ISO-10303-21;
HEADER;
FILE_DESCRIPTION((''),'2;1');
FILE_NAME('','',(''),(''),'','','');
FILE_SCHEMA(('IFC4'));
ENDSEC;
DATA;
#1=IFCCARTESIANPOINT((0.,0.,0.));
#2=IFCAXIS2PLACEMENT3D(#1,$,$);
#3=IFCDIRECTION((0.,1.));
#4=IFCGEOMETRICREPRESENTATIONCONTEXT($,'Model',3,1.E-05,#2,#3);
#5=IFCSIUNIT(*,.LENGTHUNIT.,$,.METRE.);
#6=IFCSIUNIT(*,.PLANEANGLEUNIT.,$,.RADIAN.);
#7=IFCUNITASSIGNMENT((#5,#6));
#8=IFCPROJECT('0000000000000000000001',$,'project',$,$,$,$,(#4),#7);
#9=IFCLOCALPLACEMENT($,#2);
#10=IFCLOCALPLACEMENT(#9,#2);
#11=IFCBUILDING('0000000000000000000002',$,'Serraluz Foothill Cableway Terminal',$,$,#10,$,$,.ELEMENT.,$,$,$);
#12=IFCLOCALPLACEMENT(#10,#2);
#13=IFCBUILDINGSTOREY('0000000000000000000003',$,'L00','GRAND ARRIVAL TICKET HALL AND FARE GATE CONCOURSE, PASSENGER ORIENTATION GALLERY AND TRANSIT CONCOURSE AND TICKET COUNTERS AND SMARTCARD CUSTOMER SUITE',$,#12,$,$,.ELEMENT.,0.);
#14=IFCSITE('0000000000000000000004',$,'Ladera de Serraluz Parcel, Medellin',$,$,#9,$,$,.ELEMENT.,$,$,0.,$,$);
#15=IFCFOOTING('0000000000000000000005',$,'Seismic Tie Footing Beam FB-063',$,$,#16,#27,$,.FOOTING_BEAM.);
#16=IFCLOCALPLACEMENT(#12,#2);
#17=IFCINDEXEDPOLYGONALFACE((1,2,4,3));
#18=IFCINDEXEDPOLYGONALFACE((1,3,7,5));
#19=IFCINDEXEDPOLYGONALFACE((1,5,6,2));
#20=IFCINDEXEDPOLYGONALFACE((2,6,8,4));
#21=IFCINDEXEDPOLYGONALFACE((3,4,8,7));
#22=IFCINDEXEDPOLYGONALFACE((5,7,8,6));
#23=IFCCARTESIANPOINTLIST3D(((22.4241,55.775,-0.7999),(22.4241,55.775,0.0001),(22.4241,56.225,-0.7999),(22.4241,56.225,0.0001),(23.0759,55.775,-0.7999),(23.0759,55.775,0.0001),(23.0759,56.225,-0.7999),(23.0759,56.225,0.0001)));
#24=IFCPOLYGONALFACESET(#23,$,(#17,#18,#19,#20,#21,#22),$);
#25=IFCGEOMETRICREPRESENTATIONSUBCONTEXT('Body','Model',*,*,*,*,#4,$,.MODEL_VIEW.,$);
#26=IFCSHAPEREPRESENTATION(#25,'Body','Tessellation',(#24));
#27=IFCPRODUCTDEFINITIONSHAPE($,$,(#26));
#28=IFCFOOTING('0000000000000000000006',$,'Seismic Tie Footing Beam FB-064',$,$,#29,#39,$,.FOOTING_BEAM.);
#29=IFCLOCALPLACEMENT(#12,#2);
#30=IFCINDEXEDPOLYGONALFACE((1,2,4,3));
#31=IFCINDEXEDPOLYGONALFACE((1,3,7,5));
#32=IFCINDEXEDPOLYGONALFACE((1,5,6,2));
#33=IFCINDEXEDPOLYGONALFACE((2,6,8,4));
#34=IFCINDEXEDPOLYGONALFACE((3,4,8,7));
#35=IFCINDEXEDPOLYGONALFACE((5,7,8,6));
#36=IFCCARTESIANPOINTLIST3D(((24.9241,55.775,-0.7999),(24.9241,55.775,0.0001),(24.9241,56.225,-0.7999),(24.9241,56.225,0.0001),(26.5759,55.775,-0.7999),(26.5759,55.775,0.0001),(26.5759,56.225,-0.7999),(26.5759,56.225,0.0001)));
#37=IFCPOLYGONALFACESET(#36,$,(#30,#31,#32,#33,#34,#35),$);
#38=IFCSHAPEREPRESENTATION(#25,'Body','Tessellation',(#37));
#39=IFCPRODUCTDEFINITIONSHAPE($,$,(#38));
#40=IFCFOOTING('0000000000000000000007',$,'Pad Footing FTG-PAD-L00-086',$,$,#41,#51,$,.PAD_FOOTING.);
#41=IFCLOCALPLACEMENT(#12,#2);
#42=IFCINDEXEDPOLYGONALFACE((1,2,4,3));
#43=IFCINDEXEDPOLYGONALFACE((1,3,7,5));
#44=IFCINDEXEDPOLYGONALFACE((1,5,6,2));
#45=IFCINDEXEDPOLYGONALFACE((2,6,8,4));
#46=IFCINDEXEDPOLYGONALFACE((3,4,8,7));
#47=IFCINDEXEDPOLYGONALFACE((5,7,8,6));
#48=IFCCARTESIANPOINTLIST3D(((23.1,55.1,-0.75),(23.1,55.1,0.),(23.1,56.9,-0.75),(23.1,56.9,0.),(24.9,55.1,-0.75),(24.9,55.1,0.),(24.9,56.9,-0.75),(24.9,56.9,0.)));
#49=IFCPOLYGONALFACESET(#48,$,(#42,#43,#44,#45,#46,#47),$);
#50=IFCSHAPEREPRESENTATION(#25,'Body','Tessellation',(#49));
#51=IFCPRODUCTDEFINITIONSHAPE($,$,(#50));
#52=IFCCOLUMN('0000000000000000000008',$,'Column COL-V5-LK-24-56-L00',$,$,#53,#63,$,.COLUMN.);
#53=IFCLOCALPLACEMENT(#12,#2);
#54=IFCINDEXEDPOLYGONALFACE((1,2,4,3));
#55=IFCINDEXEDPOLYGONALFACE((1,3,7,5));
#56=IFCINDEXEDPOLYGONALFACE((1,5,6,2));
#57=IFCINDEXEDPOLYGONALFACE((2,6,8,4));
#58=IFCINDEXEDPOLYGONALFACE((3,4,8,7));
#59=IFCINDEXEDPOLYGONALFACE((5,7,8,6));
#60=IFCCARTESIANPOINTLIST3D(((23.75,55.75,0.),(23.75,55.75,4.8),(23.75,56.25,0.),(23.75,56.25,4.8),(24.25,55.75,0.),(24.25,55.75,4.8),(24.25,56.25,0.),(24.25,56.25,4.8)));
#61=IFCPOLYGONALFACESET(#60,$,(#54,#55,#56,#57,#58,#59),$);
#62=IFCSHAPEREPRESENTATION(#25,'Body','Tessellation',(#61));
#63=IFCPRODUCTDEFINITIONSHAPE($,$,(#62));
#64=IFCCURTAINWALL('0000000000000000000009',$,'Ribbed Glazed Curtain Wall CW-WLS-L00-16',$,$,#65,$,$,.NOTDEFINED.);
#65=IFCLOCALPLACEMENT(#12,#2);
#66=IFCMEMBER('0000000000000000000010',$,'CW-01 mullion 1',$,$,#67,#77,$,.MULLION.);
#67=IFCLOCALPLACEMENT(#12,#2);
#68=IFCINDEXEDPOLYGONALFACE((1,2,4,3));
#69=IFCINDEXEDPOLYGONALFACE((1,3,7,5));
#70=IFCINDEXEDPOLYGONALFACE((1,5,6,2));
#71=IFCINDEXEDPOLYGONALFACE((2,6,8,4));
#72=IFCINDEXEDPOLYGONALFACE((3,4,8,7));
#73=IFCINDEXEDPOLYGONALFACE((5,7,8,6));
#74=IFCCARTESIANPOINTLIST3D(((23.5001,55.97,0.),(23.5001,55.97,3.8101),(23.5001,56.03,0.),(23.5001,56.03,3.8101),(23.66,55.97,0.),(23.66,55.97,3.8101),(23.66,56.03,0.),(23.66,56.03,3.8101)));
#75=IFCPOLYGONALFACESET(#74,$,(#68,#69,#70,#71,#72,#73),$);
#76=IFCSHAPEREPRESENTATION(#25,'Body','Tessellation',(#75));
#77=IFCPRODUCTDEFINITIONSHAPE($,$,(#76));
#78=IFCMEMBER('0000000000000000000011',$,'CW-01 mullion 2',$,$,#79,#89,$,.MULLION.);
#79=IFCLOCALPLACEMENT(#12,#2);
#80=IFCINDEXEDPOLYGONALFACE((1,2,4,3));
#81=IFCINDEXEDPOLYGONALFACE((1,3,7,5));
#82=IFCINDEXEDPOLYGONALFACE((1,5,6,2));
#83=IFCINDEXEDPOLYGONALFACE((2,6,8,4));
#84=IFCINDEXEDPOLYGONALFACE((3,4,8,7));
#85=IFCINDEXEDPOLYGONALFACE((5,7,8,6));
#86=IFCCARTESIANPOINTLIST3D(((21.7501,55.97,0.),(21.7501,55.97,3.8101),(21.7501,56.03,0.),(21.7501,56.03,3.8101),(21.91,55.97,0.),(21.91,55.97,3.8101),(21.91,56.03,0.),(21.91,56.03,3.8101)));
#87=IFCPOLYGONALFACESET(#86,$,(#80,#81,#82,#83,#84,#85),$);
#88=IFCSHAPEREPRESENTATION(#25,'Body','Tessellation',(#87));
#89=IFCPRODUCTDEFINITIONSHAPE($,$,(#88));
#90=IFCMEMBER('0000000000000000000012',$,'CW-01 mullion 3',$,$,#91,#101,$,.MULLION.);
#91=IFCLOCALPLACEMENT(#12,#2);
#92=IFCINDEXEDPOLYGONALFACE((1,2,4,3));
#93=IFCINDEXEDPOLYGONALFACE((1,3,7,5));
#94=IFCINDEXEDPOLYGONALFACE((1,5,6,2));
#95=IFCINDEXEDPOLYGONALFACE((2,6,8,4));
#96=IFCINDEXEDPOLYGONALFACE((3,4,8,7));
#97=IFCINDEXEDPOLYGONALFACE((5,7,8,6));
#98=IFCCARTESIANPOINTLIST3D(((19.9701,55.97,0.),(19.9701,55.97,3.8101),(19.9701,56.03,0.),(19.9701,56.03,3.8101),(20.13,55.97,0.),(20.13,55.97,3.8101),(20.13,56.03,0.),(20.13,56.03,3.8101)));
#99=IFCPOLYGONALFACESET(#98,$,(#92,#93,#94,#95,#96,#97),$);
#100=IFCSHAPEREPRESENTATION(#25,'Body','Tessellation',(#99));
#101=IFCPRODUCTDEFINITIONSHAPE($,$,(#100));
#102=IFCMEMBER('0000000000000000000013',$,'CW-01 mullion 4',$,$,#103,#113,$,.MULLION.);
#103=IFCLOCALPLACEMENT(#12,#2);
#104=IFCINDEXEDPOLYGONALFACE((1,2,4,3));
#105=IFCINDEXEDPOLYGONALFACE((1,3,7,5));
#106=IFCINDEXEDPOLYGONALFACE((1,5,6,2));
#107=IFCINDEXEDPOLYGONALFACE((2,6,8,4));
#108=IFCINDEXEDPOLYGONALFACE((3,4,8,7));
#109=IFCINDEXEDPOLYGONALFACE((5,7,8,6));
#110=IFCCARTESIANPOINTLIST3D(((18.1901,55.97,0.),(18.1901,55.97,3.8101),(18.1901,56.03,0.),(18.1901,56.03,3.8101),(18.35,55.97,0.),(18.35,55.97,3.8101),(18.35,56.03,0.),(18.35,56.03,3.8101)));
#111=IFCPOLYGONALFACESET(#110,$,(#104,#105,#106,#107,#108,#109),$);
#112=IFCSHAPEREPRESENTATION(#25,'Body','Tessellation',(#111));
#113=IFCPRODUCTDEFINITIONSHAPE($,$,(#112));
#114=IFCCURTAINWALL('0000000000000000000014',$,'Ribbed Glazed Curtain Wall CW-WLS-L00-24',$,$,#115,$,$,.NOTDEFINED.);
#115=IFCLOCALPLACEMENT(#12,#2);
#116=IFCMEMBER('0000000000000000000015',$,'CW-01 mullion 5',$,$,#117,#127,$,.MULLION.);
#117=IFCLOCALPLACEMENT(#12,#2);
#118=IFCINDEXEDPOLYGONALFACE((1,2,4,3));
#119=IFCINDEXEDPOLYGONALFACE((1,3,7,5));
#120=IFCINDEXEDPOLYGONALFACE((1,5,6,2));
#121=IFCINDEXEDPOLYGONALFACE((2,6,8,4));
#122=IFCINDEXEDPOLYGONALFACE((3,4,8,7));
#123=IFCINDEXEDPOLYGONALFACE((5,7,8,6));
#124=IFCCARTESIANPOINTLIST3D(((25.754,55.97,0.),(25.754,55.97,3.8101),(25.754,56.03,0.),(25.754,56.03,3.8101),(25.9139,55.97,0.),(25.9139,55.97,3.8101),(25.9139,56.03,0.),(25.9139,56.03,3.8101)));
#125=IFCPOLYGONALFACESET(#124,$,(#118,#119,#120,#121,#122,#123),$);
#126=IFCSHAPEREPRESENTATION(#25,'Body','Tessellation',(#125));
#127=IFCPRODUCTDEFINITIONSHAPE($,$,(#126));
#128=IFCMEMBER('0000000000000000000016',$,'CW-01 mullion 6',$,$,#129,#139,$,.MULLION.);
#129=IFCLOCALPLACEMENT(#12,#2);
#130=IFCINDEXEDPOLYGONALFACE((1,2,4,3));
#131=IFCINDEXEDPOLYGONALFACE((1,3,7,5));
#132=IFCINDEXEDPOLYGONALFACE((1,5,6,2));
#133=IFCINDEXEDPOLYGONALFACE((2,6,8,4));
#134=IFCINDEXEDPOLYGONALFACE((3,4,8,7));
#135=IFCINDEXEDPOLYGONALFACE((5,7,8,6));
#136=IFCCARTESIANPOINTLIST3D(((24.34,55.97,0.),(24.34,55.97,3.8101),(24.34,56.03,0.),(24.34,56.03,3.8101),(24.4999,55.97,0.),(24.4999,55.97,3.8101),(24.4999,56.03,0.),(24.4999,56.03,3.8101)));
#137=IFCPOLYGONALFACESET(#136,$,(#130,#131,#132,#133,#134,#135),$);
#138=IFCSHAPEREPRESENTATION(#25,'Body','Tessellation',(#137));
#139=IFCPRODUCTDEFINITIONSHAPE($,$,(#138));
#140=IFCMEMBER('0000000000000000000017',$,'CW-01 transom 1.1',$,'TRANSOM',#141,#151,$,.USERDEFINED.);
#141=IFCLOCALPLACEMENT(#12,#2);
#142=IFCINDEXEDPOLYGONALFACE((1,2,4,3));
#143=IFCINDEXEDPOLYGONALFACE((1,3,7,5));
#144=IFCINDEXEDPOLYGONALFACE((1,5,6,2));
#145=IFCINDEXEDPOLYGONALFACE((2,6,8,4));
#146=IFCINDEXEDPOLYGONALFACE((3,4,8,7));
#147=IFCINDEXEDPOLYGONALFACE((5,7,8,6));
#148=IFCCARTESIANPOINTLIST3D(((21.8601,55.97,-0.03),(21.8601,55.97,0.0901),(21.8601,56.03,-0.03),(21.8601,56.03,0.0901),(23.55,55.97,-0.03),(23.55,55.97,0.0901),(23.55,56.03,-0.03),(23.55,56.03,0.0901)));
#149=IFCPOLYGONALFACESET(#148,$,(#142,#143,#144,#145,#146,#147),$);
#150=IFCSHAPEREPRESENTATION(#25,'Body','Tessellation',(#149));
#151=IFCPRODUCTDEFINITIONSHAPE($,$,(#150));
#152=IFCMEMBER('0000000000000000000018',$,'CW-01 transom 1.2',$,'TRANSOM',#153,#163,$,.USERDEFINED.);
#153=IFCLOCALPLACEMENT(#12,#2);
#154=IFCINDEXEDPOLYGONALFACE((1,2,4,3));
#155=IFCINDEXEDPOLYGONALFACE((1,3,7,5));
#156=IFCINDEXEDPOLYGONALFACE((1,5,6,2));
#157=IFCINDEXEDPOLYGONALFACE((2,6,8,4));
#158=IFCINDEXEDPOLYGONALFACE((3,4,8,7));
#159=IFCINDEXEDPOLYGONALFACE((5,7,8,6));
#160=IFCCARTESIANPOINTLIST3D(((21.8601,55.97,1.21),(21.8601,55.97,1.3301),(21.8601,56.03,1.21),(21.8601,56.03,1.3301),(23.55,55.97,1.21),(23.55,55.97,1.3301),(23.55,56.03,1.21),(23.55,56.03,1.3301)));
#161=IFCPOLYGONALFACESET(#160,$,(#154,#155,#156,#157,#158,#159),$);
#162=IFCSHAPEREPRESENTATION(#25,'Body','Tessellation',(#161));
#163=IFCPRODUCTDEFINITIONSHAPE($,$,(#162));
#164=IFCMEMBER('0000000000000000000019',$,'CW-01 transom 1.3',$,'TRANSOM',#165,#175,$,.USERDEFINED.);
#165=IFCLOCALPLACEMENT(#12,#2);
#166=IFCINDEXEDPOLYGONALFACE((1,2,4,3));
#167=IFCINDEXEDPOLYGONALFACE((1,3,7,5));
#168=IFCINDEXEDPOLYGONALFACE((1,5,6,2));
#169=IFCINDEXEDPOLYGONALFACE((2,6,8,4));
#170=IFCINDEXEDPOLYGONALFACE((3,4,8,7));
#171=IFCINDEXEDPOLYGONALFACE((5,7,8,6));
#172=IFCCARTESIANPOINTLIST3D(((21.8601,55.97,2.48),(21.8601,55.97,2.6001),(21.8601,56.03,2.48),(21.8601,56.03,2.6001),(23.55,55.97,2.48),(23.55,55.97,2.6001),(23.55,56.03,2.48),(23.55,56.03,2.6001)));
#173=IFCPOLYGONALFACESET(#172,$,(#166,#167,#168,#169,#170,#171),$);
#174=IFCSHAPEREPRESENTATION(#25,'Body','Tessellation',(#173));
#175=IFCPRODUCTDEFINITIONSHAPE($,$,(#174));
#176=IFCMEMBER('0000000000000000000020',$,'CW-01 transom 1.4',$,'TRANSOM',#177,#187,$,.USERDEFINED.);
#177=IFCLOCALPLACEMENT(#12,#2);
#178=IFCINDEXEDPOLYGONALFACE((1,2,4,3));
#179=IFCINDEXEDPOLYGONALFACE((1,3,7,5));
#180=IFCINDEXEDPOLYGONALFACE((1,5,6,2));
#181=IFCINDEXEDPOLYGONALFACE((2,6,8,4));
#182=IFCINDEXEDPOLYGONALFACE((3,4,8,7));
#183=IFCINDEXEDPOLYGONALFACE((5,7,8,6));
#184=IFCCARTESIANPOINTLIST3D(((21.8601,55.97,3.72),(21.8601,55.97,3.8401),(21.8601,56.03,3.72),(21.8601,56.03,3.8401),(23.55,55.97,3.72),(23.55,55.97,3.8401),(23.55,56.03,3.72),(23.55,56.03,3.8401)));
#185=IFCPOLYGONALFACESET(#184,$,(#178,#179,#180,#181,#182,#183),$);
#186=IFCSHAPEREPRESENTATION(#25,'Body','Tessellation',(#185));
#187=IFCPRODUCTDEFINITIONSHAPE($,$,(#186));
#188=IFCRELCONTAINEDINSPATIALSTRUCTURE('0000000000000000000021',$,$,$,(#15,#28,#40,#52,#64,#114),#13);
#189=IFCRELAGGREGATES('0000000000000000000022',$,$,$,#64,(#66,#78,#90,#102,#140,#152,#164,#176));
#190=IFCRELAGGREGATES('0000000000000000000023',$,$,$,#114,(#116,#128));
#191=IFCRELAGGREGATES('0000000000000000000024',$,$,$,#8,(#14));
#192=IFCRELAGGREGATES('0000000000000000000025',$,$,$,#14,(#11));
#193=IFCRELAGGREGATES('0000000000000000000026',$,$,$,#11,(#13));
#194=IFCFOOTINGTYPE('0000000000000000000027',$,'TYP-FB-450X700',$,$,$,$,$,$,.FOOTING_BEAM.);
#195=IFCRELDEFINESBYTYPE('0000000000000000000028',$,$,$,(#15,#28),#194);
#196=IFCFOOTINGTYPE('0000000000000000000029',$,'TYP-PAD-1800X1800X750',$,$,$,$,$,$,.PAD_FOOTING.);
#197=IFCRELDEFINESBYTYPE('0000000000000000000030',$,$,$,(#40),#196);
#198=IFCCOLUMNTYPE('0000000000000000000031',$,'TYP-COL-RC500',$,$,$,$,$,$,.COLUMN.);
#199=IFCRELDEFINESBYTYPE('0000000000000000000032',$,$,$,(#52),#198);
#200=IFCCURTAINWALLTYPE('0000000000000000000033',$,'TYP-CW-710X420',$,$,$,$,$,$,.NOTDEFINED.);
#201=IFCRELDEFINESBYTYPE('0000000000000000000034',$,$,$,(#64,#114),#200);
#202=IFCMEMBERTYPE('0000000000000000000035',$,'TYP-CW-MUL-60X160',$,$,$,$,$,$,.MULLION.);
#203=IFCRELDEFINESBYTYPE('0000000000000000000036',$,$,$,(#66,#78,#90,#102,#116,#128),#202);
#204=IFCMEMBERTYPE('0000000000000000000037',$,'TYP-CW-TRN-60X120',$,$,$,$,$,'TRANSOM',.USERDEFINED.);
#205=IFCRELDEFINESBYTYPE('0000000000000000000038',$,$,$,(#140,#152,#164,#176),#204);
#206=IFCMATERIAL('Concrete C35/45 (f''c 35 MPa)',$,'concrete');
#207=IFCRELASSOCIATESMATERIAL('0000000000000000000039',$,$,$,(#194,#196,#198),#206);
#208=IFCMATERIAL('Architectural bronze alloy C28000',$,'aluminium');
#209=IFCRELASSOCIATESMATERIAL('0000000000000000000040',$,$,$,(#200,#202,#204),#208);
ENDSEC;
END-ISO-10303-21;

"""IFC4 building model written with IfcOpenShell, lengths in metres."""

from ifc_helpers import new_model, si_unit, direction, frame, origin, origin_2d, place, context, subcontext, project, spatial, rectangle, extrude, material, material_profile, profile_set, type_object, element, aggregate, save


model = new_model("IFC4")

# Units and contexts
model_context = context("Model", 3, precision=1e-05, world=origin(), true_north=direction((0.0, 1.0)))
body_context = subcontext(model_context, "Body", "Model", "MODEL_VIEW")
ifc_project = project(units=[si_unit("LENGTHUNIT", "METRE"), si_unit("PLANEANGLEUNIT", "RADIAN")], contexts=[model_context])

# Site, building, storey
site_placement = place(None, origin())
site = spatial("IfcSite", under=ifc_project, at=site_placement, Name="Ladera de Serraluz Parcel, Medellin", CompositionType="ELEMENT", RefElevation=0.0)
building_placement = place(site_placement, origin())
building = spatial("IfcBuilding", under=site, at=building_placement, Name="Serraluz Foothill Cableway Terminal", CompositionType="ELEMENT")
storey_placement = place(building_placement, origin())
storey = spatial("IfcBuildingStorey", under=building, at=storey_placement, Name="L00", Description="GRAND ARRIVAL TICKET HALL AND FARE GATE CONCOURSE, PASSENGER ORIENTATION GALLERY AND TRANSIT CONCOURSE AND TICKET COUNTERS AND SMARTCARD CUSTOMER SUITE", CompositionType="ELEMENT", Elevation=0.0)

# Footings
ifc_material_1 = material(Name="Concrete C35/45 (f'c 35 MPa)", Category="concrete")
ifc_material_profile_1 = material_profile(ifc_material_1, rectangle(XDim=0.45, YDim=0.8, at=origin_2d()), Name="RC 450x800")
ifc_profile_set_1 = profile_set([ifc_material_profile_1], Name="Concrete C35/45 (f'c 35 MPa)")
footing_type_1 = type_object("IfcFootingType", Name="TYP-FB-450X700", PredefinedType="FOOTING_BEAM", material=ifc_profile_set_1)
footing_1_placement = place(storey_placement, frame((22.4241, 56.0, -0.3999), z_axis=(1.0, 0.0, 0.0), x_axis=(0.0, 1.0, 0.0)))
element("IfcFooting", 1, at=footing_1_placement, inside=storey, type_object=footing_type_1, Name="Seismic Tie Footing Beam FB-063", PredefinedType="FOOTING_BEAM", context=body_context, shape_type="SweptSolid", body=[
    extrude(rectangle(XDim=0.45, YDim=0.8, at=origin_2d()), origin(), (0.0, 0.0, 1.0), 0.6519),
])
footing_2_placement = place(storey_placement, frame((24.9241, 56.0, -0.3999), z_axis=(1.0, 0.0, 0.0), x_axis=(0.0, 1.0, 0.0)))
element("IfcFooting", 2, at=footing_2_placement, inside=storey, type_object=footing_type_1, Name="Seismic Tie Footing Beam FB-064", PredefinedType="FOOTING_BEAM", context=body_context, shape_type="SweptSolid", body=[
    extrude(rectangle(XDim=0.45, YDim=0.8, at=origin_2d()), origin(), (0.0, 0.0, 1.0), 1.6519),
])
footing_type_2 = type_object("IfcFootingType", Name="TYP-PAD-1800X1800X750", PredefinedType="PAD_FOOTING", material=ifc_material_1)
footing_3_placement = place(storey_placement, frame((24.0, 56.0, -0.75), z_axis=(0.0, 0.0, 1.0), x_axis=(1.0, 0.0, 0.0)))
element("IfcFooting", 3, at=footing_3_placement, inside=storey, type_object=footing_type_2, Name="Pad Footing FTG-PAD-L00-086", PredefinedType="PAD_FOOTING", context=body_context, shape_type="SweptSolid", body=[
    extrude(rectangle(XDim=1.8, YDim=1.8, at=origin_2d()), origin(), (0.0, 0.0, 1.0), 0.75),
])

# Column
ifc_material_profile_2 = material_profile(ifc_material_1, rectangle(XDim=0.5, YDim=0.5, at=origin_2d()), Name="RC 500x500")
ifc_profile_set_2 = profile_set([ifc_material_profile_2], Name="Concrete C35/45 (f'c 35 MPa)")
column_type = type_object("IfcColumnType", Name="TYP-COL-RC500", PredefinedType="COLUMN", material=ifc_profile_set_2)
column_placement = place(storey_placement, frame((24.0, 56.0, 0.0), z_axis=(0.0, 0.0, 1.0), x_axis=(1.0, 0.0, 0.0)))
element("IfcColumn", 4, at=column_placement, inside=storey, type_object=column_type, Name="Column COL-V5-LK-24-56-L00", PredefinedType="COLUMN", context=body_context, shape_type="SweptSolid", body=[
    extrude(rectangle(XDim=0.5, YDim=0.5, at=origin_2d()), origin(), (0.0, 0.0, 1.0), 4.8),
])

# Curtain walls, members
ifc_material_2 = material(Name="Architectural bronze alloy C28000", Category="aluminium")
curtain_wall_type = type_object("IfcCurtainWallType", Name="TYP-CW-710X420", PredefinedType="NOTDEFINED", material=ifc_material_2)
curtain_wall_1_placement = place(storey_placement, origin())
curtain_wall_1 = element("IfcCurtainWall", 5, at=curtain_wall_1_placement, inside=storey, type_object=curtain_wall_type, Name="Ribbed Glazed Curtain Wall CW-WLS-L00-16", PredefinedType="NOTDEFINED")
ifc_material_profile_3 = material_profile(ifc_material_2, rectangle(XDim=0.0601, YDim=0.1599, at=origin_2d()), Name="ALU MULLION 60x160")
ifc_profile_set_3 = profile_set([ifc_material_profile_3], Name="Architectural bronze alloy C28000")
member_type_1 = type_object("IfcMemberType", Name="TYP-CW-MUL-60X160", PredefinedType="MULLION", material=ifc_profile_set_3)
member_1_placement = place(storey_placement, frame((23.5801, 56.0, 0.0), z_axis=(0.0, 0.0, 1.0), x_axis=(0.0, -1.0, 0.0)))
member_1 = element("IfcMember", 6, at=member_1_placement, type_object=member_type_1, Name="CW-01 mullion 1", PredefinedType="MULLION", context=body_context, shape_type="SweptSolid", body=[
    extrude(rectangle(XDim=0.0601, YDim=0.1599, at=origin_2d()), origin(), (0.0, 0.0, 1.0), 3.8101),
])
member_2_placement = place(storey_placement, frame((21.8301, 56.0, 0.0), z_axis=(0.0, 0.0, 1.0), x_axis=(0.0, -1.0, 0.0)))
member_2 = element("IfcMember", 7, at=member_2_placement, type_object=member_type_1, Name="CW-01 mullion 2", PredefinedType="MULLION", context=body_context, shape_type="SweptSolid", body=[
    extrude(rectangle(XDim=0.0601, YDim=0.1599, at=origin_2d()), origin(), (0.0, 0.0, 1.0), 3.8101),
])
member_3_placement = place(storey_placement, frame((20.05, 56.0, 0.0), z_axis=(0.0, 0.0, 1.0), x_axis=(0.0, -1.0, 0.0)))
member_3 = element("IfcMember", 8, at=member_3_placement, type_object=member_type_1, Name="CW-01 mullion 3", PredefinedType="MULLION", context=body_context, shape_type="SweptSolid", body=[
    extrude(rectangle(XDim=0.0601, YDim=0.1599, at=origin_2d()), origin(), (0.0, 0.0, 1.0), 3.8101),
])
member_4_placement = place(storey_placement, frame((18.27, 56.0, 0.0), z_axis=(0.0, 0.0, 1.0), x_axis=(0.0, -1.0, 0.0)))
member_4 = element("IfcMember", 9, at=member_4_placement, type_object=member_type_1, Name="CW-01 mullion 4", PredefinedType="MULLION", context=body_context, shape_type="SweptSolid", body=[
    extrude(rectangle(XDim=0.0601, YDim=0.1599, at=origin_2d()), origin(), (0.0, 0.0, 1.0), 3.8101),
])
curtain_wall_2_placement = place(storey_placement, origin())
curtain_wall_2 = element("IfcCurtainWall", 10, at=curtain_wall_2_placement, inside=storey, type_object=curtain_wall_type, Name="Ribbed Glazed Curtain Wall CW-WLS-L00-24", PredefinedType="NOTDEFINED")
member_5_placement = place(storey_placement, frame((25.834, 56.0, 0.0), z_axis=(0.0, 0.0, 1.0), x_axis=(0.0, -1.0, 0.0)))
member_5 = element("IfcMember", 11, at=member_5_placement, type_object=member_type_1, Name="CW-01 mullion 5", PredefinedType="MULLION", context=body_context, shape_type="SweptSolid", body=[
    extrude(rectangle(XDim=0.0601, YDim=0.1599, at=origin_2d()), origin(), (0.0, 0.0, 1.0), 3.8101),
])
member_6_placement = place(storey_placement, frame((24.4199, 56.0, 0.0), z_axis=(0.0, 0.0, 1.0), x_axis=(0.0, -1.0, 0.0)))
member_6 = element("IfcMember", 12, at=member_6_placement, type_object=member_type_1, Name="CW-01 mullion 6", PredefinedType="MULLION", context=body_context, shape_type="SweptSolid", body=[
    extrude(rectangle(XDim=0.0601, YDim=0.1599, at=origin_2d()), origin(), (0.0, 0.0, 1.0), 3.8101),
])

# Members
ifc_material_profile_4 = material_profile(ifc_material_2, rectangle(XDim=0.0601, YDim=0.1201, at=origin_2d()), Name="ALU TRANSOM 60x120")
ifc_profile_set_4 = profile_set([ifc_material_profile_4], Name="Architectural bronze alloy C28000")
member_type_2 = type_object("IfcMemberType", Name="TYP-CW-TRN-60X120", ElementType="TRANSOM", PredefinedType="USERDEFINED", material=ifc_profile_set_4)
member_7_placement = place(storey_placement, frame((23.55, 56.0, 0.03), z_axis=(-1.0, 0.0, 0.0), x_axis=(0.0, -1.0, 0.0)))
member_7 = element("IfcMember", 13, at=member_7_placement, type_object=member_type_2, Name="CW-01 transom 1.1", ObjectType="TRANSOM", PredefinedType="USERDEFINED", context=body_context, shape_type="SweptSolid", body=[
    extrude(rectangle(XDim=0.0601, YDim=0.1201, at=origin_2d()), origin(), (0.0, 0.0, 1.0), 1.6899),
])
member_8_placement = place(storey_placement, frame((23.55, 56.0, 1.27), z_axis=(-1.0, 0.0, 0.0), x_axis=(0.0, -1.0, 0.0)))
member_8 = element("IfcMember", 14, at=member_8_placement, type_object=member_type_2, Name="CW-01 transom 1.2", ObjectType="TRANSOM", PredefinedType="USERDEFINED", context=body_context, shape_type="SweptSolid", body=[
    extrude(rectangle(XDim=0.0601, YDim=0.1201, at=origin_2d()), origin(), (0.0, 0.0, 1.0), 1.6899),
])
member_9_placement = place(storey_placement, frame((23.55, 56.0, 2.54), z_axis=(-1.0, 0.0, 0.0), x_axis=(0.0, -1.0, 0.0)))
member_9 = element("IfcMember", 15, at=member_9_placement, type_object=member_type_2, Name="CW-01 transom 1.3", ObjectType="TRANSOM", PredefinedType="USERDEFINED", context=body_context, shape_type="SweptSolid", body=[
    extrude(rectangle(XDim=0.0601, YDim=0.1201, at=origin_2d()), origin(), (0.0, 0.0, 1.0), 1.6899),
])
member_10_placement = place(storey_placement, frame((23.55, 56.0, 3.78), z_axis=(-1.0, 0.0, 0.0), x_axis=(0.0, -1.0, 0.0)))
member_10 = element("IfcMember", 16, at=member_10_placement, type_object=member_type_2, Name="CW-01 transom 1.4", ObjectType="TRANSOM", PredefinedType="USERDEFINED", context=body_context, shape_type="SweptSolid", body=[
    extrude(rectangle(XDim=0.0601, YDim=0.1201, at=origin_2d()), origin(), (0.0, 0.0, 1.0), 1.6899),
])

aggregate(curtain_wall_1, [member_1, member_2, member_3, member_4, member_7, member_8, member_9, member_10])
aggregate(curtain_wall_2, [member_5, member_6])

save(model, "model.ifc")
